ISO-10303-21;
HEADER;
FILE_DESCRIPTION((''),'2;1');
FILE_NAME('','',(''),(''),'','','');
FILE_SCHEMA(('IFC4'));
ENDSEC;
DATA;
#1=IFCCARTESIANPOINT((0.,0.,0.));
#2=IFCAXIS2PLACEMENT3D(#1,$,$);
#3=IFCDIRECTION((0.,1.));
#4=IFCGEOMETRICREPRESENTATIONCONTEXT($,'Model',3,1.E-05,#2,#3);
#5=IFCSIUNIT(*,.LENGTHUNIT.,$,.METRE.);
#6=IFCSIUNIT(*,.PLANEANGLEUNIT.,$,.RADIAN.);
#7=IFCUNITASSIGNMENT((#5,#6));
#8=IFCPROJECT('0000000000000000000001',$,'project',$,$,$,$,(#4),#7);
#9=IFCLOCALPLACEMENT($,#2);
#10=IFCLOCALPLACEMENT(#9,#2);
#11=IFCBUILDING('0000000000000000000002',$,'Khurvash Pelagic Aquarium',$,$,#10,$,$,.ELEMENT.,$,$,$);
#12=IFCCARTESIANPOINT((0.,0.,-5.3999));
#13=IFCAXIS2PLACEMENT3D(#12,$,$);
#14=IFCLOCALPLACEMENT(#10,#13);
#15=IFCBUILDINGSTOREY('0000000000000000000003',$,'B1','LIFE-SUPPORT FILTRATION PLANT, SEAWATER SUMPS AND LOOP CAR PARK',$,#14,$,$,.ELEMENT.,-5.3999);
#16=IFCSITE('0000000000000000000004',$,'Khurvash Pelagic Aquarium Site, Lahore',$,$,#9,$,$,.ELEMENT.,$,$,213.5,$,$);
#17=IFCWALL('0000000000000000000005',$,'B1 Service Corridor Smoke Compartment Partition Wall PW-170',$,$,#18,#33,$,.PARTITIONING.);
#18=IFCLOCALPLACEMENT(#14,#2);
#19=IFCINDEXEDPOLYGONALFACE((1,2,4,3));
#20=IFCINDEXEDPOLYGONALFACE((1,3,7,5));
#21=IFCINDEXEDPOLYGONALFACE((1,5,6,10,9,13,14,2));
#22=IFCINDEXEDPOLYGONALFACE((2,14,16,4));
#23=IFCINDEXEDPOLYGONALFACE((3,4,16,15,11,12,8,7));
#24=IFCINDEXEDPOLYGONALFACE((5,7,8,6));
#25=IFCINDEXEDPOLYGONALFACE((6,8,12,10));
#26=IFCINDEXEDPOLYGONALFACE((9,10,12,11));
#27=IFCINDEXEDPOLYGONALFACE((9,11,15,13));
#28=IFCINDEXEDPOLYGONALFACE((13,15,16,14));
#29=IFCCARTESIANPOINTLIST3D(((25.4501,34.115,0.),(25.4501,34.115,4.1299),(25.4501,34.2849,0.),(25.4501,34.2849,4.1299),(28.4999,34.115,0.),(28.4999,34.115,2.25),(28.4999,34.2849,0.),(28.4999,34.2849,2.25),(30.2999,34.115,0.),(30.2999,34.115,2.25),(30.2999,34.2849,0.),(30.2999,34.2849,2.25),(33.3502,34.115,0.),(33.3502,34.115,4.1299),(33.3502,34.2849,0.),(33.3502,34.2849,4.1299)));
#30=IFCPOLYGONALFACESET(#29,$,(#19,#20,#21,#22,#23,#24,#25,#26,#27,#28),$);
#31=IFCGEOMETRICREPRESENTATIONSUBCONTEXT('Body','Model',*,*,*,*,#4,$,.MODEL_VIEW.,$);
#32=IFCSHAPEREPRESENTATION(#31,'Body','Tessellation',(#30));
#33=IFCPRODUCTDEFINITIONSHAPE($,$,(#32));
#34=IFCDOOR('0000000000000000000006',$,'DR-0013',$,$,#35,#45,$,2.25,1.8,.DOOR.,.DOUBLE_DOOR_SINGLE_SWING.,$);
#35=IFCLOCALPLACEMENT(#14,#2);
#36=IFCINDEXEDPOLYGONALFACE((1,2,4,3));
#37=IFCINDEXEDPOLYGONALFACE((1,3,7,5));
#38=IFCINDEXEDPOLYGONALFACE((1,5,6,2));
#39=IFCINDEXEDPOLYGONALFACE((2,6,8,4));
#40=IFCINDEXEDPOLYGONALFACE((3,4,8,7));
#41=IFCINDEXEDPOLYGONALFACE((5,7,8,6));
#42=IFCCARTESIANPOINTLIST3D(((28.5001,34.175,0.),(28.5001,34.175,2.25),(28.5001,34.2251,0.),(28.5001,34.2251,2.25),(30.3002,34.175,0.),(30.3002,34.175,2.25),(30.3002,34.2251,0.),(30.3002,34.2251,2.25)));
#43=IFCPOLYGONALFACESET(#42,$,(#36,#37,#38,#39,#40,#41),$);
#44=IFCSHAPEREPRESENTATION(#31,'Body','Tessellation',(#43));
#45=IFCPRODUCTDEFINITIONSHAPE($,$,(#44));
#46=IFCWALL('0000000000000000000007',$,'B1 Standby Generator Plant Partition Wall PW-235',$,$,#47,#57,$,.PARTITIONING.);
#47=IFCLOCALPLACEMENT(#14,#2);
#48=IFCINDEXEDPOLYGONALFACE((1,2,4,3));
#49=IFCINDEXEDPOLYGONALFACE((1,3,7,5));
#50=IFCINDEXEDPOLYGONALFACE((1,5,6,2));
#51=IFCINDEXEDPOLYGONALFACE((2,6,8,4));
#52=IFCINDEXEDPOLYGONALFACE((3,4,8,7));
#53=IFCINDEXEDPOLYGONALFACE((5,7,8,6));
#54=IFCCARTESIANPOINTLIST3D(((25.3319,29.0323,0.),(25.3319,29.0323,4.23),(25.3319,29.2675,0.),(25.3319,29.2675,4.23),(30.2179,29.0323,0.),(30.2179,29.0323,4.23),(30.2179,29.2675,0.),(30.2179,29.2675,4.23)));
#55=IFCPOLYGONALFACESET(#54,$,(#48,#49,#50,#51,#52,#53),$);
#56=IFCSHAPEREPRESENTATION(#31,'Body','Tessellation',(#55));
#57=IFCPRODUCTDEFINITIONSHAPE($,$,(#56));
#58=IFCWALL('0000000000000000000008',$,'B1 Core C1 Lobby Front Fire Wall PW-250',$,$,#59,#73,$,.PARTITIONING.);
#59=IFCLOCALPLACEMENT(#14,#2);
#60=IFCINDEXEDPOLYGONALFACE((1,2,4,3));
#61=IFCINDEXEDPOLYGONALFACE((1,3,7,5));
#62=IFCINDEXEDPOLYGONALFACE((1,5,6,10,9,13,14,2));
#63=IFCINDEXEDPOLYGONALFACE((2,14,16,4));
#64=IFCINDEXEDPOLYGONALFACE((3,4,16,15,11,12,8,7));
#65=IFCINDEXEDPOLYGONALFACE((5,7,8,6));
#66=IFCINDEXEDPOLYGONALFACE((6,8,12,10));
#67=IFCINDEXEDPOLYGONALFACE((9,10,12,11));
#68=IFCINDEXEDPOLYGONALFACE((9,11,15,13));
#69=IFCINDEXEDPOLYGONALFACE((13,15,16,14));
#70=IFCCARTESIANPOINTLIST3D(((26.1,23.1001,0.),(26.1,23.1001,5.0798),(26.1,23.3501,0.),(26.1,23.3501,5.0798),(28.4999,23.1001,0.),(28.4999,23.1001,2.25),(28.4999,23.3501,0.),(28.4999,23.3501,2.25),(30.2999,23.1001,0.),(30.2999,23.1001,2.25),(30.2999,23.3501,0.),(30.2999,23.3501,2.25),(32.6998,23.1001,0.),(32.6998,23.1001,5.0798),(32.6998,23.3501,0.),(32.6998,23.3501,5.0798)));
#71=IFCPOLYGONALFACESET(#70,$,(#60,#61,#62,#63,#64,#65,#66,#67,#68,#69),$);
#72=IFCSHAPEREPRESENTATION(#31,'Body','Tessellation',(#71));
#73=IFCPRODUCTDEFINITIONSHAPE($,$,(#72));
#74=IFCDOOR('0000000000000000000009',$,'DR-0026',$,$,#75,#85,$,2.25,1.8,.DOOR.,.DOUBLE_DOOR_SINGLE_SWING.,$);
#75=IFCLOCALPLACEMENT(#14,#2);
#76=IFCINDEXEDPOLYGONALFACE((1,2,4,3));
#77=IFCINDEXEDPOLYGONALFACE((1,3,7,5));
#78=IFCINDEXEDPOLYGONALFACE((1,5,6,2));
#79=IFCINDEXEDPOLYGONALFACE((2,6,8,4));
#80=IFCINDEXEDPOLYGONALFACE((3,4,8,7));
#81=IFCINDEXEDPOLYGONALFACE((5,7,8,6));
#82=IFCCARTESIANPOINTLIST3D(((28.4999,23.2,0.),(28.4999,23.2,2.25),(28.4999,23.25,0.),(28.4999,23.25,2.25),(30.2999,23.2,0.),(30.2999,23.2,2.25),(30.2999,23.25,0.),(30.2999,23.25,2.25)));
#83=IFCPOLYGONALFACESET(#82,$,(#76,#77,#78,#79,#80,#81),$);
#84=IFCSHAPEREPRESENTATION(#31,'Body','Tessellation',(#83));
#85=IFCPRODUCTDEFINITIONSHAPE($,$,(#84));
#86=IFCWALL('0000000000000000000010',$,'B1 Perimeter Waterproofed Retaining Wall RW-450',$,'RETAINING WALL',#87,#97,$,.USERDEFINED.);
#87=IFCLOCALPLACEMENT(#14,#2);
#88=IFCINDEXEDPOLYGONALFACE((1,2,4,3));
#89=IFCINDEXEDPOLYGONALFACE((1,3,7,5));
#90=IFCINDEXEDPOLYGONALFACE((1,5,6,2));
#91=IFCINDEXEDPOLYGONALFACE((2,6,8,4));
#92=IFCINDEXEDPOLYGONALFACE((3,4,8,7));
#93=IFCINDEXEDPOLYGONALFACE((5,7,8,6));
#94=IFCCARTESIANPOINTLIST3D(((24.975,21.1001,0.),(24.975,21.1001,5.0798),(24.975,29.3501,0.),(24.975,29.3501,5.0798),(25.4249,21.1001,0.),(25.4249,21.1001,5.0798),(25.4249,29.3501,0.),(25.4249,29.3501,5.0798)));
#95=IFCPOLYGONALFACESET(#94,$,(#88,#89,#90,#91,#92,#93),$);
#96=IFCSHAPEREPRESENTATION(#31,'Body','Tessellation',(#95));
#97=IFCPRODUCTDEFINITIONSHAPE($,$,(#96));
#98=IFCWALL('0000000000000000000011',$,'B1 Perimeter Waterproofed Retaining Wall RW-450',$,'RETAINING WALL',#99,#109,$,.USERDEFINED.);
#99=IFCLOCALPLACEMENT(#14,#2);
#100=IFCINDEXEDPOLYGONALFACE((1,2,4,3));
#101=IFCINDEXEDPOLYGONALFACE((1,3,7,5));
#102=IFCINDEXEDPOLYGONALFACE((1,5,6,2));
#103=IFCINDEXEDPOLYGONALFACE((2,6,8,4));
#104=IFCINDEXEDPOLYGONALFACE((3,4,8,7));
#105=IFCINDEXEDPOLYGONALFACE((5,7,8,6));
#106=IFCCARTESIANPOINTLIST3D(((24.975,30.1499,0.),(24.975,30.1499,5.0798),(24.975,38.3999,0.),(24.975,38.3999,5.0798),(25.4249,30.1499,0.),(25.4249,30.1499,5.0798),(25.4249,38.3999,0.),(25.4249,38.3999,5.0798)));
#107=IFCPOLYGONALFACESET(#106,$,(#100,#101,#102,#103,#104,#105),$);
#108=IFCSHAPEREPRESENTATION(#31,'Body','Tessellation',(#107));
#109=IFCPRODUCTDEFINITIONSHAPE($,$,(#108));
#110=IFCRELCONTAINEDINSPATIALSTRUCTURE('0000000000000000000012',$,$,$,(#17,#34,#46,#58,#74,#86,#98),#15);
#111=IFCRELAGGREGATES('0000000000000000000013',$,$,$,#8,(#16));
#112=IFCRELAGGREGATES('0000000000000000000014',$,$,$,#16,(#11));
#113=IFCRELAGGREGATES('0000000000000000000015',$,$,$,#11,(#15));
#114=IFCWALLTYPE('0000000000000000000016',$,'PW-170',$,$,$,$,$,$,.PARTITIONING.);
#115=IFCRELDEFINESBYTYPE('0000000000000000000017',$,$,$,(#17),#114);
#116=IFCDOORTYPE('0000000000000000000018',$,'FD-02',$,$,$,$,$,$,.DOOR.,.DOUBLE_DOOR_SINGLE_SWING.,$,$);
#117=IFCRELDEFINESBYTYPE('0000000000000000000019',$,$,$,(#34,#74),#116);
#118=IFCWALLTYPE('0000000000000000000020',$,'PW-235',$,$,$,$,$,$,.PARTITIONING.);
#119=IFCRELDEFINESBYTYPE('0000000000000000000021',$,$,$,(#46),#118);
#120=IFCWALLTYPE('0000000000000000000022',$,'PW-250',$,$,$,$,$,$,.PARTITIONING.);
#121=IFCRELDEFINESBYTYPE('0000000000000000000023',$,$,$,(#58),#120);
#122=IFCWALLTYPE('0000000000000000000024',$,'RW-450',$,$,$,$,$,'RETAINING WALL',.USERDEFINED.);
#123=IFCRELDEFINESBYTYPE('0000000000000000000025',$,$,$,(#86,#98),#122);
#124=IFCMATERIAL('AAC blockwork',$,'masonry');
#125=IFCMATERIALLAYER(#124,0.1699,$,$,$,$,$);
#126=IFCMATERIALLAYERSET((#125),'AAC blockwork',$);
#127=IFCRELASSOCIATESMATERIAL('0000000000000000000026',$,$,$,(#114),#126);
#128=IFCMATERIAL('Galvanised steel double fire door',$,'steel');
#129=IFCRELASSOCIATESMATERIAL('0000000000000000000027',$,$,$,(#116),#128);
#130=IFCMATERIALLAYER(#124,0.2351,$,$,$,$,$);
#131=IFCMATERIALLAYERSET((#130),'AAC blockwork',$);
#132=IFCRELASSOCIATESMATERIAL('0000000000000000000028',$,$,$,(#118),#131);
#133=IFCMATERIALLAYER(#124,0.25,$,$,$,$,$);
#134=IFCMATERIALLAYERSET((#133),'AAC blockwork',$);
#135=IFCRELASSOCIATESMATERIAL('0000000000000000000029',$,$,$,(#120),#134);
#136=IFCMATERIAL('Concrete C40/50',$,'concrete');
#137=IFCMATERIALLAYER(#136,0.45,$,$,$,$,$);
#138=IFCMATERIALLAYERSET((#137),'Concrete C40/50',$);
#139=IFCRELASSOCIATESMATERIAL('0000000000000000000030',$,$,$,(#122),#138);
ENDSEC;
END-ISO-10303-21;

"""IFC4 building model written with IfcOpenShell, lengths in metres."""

from ifc_helpers import new_model, si_unit, direction, frame, frame_2d, origin, place, context, subcontext, project, spatial, rectangle, extrude, material, layer, layer_set, type_object, element, fill, save


model = new_model("IFC4")

# Units and contexts
model_context = context("Model", 3, precision=1e-05, world=origin(), true_north=direction((0.0, 1.0)))
body_context = subcontext(model_context, "Body", "Model", "MODEL_VIEW")
ifc_project = project(units=[si_unit("LENGTHUNIT", "METRE"), si_unit("PLANEANGLEUNIT", "RADIAN")], contexts=[model_context])

# Site, building, storey
site_placement = place(None, origin())
site = spatial("IfcSite", under=ifc_project, at=site_placement, Name="Khurvash Pelagic Aquarium Site, Lahore", CompositionType="ELEMENT", RefElevation=213.5)
building_placement = place(site_placement, origin())
building = spatial("IfcBuilding", under=site, at=building_placement, Name="Khurvash Pelagic Aquarium", CompositionType="ELEMENT")
storey_placement = place(building_placement, frame((0.0, 0.0, -5.3999)))
storey = spatial("IfcBuildingStorey", under=building, at=storey_placement, Name="B1", Description="LIFE-SUPPORT FILTRATION PLANT, SEAWATER SUMPS AND LOOP CAR PARK", CompositionType="ELEMENT", Elevation=-5.3999)

# Shared definitions
ifc_material_1 = material(Name="Concrete C40/50", Category="concrete")

# Wall, opening, door
ifc_material_2 = material(Name="AAC blockwork", Category="masonry")
ifc_layer_1 = layer(ifc_material_2, 0.1699)
ifc_layer_set_1 = layer_set([ifc_layer_1], Name="AAC blockwork")
wall_type_1 = type_object("IfcWallType", Name="PW-170", PredefinedType="PARTITIONING", material=ifc_layer_set_1)
wall_1_placement = place(storey_placement, frame((25.45, 34.2, 0.0), z_axis=(0.0, 0.0, 1.0), x_axis=(1.0, 0.0, 0.0)))
wall_1 = element("IfcWall", 1, at=wall_1_placement, inside=storey, type_object=wall_type_1, Name="B1 Service Corridor Smoke Compartment Partition Wall PW-170", PredefinedType="PARTITIONING", context=body_context, shape_type="SweptSolid", body=[
    extrude(rectangle(XDim=7.9001, YDim=0.1699, at=frame_2d((3.9502, 0.0))), origin(), (0.0, 0.0, 1.0), 4.1299),
])
opening_1_placement = place(wall_1_placement, frame((3.05, 0.0, 0.0)))
opening_1 = element("IfcOpeningElement", 2, at=opening_1_placement, cuts=wall_1, PredefinedType="OPENING", context=body_context, shape_type="SweptSolid", body=[
    extrude(rectangle(XDim=1.8, YDim=2.25, at=frame_2d((0.8999, 1.125))), frame((0.0, 0.095, 0.0), z_axis=(0.0, -1.0, 0.0), x_axis=(1.0, 0.0, 0.0)), (0.0, 0.0, 1.0), 0.1899),
])
ifc_material_3 = material(Name="Galvanised steel double fire door", Category="steel")
door_type = type_object("IfcDoorType", Name="FD-02", OperationType="DOUBLE_DOOR_SINGLE_SWING", PredefinedType="DOOR", material=ifc_material_3)
door_1_placement = place(opening_1_placement, frame((1.8, 0.0, 0.0), z_axis=(0.0, 0.0, 1.0), x_axis=(-1.0, 0.0, 0.0)))
door_1 = element("IfcDoor", 3, at=door_1_placement, inside=storey, type_object=door_type, Name="DR-0013", OperationType="DOUBLE_DOOR_SINGLE_SWING", OverallHeight=2.25, OverallWidth=1.8, PredefinedType="DOOR", context=body_context, shape_type="SweptSolid", body=[
    extrude(rectangle(XDim=1.8, YDim=2.25, at=frame_2d((0.8999, 1.125))), frame((0.0, 0.0249, 0.0), z_axis=(0.0, -1.0, 0.0), x_axis=(1.0, 0.0, 0.0)), (0.0, 0.0, 1.0), 0.05),
])
fill(opening_1, door_1)

# Wall
ifc_layer_2 = layer(ifc_material_2, 0.2351)
ifc_layer_set_2 = layer_set([ifc_layer_2], Name="AAC blockwork")
wall_type_2 = type_object("IfcWallType", Name="PW-235", PredefinedType="PARTITIONING", material=ifc_layer_set_2)
wall_2_placement = place(storey_placement, frame((25.332, 29.1499, 0.0), z_axis=(0.0, 0.0, 1.0), x_axis=(1.0, 0.0, 0.0)))
element("IfcWall", 4, at=wall_2_placement, inside=storey, type_object=wall_type_2, Name="B1 Standby Generator Plant Partition Wall PW-235", PredefinedType="PARTITIONING", context=body_context, shape_type="SweptSolid", body=[
    extrude(rectangle(XDim=4.886, YDim=0.2351, at=frame_2d((2.4429, 0.0))), origin(), (0.0, 0.0, 1.0), 4.23),
])

# Wall, opening, door
ifc_layer_3 = layer(ifc_material_2, 0.25)
ifc_layer_set_3 = layer_set([ifc_layer_3], Name="AAC blockwork")
wall_type_3 = type_object("IfcWallType", Name="PW-250", PredefinedType="PARTITIONING", material=ifc_layer_set_3)
wall_3_placement = place(storey_placement, frame((26.1001, 23.2251, 0.0), z_axis=(0.0, 0.0, 1.0), x_axis=(1.0, 0.0, 0.0)))
wall_3 = element("IfcWall", 5, at=wall_3_placement, inside=storey, type_object=wall_type_3, Name="B1 Core C1 Lobby Front Fire Wall PW-250", PredefinedType="PARTITIONING", context=body_context, shape_type="SweptSolid", body=[
    extrude(rectangle(XDim=6.5999, YDim=0.25, at=frame_2d((3.2998, 0.0))), origin(), (0.0, 0.0, 1.0), 5.0798),
])
opening_2_placement = place(wall_3_placement, frame((2.3999, 0.0, 0.0)))
opening_2 = element("IfcOpeningElement", 6, at=opening_2_placement, cuts=wall_3, PredefinedType="OPENING", context=body_context, shape_type="SweptSolid", body=[
    extrude(rectangle(XDim=1.8, YDim=2.25, at=frame_2d((0.8999, 1.125))), frame((0.0, 0.135, 0.0), z_axis=(0.0, -1.0, 0.0), x_axis=(1.0, 0.0, 0.0)), (0.0, 0.0, 1.0), 0.27),
])
door_2_placement = place(opening_2_placement, origin())
door_2 = element("IfcDoor", 7, at=door_2_placement, inside=storey, type_object=door_type, Name="DR-0026", OperationType="DOUBLE_DOOR_SINGLE_SWING", OverallHeight=2.25, OverallWidth=1.8, PredefinedType="DOOR", context=body_context, shape_type="SweptSolid", body=[
    extrude(rectangle(XDim=1.8, YDim=2.25, at=frame_2d((0.8999, 1.125))), frame((0.0, 0.0249, 0.0), z_axis=(0.0, -1.0, 0.0), x_axis=(1.0, 0.0, 0.0)), (0.0, 0.0, 1.0), 0.05),
])
fill(opening_2, door_2)

# Walls
ifc_layer_4 = layer(ifc_material_1, 0.45)
ifc_layer_set_4 = layer_set([ifc_layer_4], Name="Concrete C40/50")
wall_type_4 = type_object("IfcWallType", Name="RW-450", ElementType="RETAINING WALL", PredefinedType="USERDEFINED", material=ifc_layer_set_4)
for number, where, z_axis, x_axis, name in (
    (8, (25.2, 21.1001, 0.0), (0.0, 0.0, 1.0), (0.0, 1.0, 0.0), "B1 Perimeter Waterproofed Retaining Wall RW-450"),
    (9, (25.2, 30.1499, 0.0), (0.0, 0.0, 1.0), (0.0, 1.0, 0.0), "B1 Perimeter Waterproofed Retaining Wall RW-450"),
):
    element("IfcWall", number, at=place(storey_placement, frame(where, z_axis=z_axis, x_axis=x_axis)), inside=storey, type_object=wall_type_4, Name=name, ObjectType="RETAINING WALL", PredefinedType="USERDEFINED", context=body_context, shape_type="SweptSolid", body=[
        extrude(rectangle(XDim=8.25, YDim=0.45, at=frame_2d((4.125, 0.0))), origin(), (0.0, 0.0, 1.0), 5.0798),
    ])

save(model, "model.ifc")
